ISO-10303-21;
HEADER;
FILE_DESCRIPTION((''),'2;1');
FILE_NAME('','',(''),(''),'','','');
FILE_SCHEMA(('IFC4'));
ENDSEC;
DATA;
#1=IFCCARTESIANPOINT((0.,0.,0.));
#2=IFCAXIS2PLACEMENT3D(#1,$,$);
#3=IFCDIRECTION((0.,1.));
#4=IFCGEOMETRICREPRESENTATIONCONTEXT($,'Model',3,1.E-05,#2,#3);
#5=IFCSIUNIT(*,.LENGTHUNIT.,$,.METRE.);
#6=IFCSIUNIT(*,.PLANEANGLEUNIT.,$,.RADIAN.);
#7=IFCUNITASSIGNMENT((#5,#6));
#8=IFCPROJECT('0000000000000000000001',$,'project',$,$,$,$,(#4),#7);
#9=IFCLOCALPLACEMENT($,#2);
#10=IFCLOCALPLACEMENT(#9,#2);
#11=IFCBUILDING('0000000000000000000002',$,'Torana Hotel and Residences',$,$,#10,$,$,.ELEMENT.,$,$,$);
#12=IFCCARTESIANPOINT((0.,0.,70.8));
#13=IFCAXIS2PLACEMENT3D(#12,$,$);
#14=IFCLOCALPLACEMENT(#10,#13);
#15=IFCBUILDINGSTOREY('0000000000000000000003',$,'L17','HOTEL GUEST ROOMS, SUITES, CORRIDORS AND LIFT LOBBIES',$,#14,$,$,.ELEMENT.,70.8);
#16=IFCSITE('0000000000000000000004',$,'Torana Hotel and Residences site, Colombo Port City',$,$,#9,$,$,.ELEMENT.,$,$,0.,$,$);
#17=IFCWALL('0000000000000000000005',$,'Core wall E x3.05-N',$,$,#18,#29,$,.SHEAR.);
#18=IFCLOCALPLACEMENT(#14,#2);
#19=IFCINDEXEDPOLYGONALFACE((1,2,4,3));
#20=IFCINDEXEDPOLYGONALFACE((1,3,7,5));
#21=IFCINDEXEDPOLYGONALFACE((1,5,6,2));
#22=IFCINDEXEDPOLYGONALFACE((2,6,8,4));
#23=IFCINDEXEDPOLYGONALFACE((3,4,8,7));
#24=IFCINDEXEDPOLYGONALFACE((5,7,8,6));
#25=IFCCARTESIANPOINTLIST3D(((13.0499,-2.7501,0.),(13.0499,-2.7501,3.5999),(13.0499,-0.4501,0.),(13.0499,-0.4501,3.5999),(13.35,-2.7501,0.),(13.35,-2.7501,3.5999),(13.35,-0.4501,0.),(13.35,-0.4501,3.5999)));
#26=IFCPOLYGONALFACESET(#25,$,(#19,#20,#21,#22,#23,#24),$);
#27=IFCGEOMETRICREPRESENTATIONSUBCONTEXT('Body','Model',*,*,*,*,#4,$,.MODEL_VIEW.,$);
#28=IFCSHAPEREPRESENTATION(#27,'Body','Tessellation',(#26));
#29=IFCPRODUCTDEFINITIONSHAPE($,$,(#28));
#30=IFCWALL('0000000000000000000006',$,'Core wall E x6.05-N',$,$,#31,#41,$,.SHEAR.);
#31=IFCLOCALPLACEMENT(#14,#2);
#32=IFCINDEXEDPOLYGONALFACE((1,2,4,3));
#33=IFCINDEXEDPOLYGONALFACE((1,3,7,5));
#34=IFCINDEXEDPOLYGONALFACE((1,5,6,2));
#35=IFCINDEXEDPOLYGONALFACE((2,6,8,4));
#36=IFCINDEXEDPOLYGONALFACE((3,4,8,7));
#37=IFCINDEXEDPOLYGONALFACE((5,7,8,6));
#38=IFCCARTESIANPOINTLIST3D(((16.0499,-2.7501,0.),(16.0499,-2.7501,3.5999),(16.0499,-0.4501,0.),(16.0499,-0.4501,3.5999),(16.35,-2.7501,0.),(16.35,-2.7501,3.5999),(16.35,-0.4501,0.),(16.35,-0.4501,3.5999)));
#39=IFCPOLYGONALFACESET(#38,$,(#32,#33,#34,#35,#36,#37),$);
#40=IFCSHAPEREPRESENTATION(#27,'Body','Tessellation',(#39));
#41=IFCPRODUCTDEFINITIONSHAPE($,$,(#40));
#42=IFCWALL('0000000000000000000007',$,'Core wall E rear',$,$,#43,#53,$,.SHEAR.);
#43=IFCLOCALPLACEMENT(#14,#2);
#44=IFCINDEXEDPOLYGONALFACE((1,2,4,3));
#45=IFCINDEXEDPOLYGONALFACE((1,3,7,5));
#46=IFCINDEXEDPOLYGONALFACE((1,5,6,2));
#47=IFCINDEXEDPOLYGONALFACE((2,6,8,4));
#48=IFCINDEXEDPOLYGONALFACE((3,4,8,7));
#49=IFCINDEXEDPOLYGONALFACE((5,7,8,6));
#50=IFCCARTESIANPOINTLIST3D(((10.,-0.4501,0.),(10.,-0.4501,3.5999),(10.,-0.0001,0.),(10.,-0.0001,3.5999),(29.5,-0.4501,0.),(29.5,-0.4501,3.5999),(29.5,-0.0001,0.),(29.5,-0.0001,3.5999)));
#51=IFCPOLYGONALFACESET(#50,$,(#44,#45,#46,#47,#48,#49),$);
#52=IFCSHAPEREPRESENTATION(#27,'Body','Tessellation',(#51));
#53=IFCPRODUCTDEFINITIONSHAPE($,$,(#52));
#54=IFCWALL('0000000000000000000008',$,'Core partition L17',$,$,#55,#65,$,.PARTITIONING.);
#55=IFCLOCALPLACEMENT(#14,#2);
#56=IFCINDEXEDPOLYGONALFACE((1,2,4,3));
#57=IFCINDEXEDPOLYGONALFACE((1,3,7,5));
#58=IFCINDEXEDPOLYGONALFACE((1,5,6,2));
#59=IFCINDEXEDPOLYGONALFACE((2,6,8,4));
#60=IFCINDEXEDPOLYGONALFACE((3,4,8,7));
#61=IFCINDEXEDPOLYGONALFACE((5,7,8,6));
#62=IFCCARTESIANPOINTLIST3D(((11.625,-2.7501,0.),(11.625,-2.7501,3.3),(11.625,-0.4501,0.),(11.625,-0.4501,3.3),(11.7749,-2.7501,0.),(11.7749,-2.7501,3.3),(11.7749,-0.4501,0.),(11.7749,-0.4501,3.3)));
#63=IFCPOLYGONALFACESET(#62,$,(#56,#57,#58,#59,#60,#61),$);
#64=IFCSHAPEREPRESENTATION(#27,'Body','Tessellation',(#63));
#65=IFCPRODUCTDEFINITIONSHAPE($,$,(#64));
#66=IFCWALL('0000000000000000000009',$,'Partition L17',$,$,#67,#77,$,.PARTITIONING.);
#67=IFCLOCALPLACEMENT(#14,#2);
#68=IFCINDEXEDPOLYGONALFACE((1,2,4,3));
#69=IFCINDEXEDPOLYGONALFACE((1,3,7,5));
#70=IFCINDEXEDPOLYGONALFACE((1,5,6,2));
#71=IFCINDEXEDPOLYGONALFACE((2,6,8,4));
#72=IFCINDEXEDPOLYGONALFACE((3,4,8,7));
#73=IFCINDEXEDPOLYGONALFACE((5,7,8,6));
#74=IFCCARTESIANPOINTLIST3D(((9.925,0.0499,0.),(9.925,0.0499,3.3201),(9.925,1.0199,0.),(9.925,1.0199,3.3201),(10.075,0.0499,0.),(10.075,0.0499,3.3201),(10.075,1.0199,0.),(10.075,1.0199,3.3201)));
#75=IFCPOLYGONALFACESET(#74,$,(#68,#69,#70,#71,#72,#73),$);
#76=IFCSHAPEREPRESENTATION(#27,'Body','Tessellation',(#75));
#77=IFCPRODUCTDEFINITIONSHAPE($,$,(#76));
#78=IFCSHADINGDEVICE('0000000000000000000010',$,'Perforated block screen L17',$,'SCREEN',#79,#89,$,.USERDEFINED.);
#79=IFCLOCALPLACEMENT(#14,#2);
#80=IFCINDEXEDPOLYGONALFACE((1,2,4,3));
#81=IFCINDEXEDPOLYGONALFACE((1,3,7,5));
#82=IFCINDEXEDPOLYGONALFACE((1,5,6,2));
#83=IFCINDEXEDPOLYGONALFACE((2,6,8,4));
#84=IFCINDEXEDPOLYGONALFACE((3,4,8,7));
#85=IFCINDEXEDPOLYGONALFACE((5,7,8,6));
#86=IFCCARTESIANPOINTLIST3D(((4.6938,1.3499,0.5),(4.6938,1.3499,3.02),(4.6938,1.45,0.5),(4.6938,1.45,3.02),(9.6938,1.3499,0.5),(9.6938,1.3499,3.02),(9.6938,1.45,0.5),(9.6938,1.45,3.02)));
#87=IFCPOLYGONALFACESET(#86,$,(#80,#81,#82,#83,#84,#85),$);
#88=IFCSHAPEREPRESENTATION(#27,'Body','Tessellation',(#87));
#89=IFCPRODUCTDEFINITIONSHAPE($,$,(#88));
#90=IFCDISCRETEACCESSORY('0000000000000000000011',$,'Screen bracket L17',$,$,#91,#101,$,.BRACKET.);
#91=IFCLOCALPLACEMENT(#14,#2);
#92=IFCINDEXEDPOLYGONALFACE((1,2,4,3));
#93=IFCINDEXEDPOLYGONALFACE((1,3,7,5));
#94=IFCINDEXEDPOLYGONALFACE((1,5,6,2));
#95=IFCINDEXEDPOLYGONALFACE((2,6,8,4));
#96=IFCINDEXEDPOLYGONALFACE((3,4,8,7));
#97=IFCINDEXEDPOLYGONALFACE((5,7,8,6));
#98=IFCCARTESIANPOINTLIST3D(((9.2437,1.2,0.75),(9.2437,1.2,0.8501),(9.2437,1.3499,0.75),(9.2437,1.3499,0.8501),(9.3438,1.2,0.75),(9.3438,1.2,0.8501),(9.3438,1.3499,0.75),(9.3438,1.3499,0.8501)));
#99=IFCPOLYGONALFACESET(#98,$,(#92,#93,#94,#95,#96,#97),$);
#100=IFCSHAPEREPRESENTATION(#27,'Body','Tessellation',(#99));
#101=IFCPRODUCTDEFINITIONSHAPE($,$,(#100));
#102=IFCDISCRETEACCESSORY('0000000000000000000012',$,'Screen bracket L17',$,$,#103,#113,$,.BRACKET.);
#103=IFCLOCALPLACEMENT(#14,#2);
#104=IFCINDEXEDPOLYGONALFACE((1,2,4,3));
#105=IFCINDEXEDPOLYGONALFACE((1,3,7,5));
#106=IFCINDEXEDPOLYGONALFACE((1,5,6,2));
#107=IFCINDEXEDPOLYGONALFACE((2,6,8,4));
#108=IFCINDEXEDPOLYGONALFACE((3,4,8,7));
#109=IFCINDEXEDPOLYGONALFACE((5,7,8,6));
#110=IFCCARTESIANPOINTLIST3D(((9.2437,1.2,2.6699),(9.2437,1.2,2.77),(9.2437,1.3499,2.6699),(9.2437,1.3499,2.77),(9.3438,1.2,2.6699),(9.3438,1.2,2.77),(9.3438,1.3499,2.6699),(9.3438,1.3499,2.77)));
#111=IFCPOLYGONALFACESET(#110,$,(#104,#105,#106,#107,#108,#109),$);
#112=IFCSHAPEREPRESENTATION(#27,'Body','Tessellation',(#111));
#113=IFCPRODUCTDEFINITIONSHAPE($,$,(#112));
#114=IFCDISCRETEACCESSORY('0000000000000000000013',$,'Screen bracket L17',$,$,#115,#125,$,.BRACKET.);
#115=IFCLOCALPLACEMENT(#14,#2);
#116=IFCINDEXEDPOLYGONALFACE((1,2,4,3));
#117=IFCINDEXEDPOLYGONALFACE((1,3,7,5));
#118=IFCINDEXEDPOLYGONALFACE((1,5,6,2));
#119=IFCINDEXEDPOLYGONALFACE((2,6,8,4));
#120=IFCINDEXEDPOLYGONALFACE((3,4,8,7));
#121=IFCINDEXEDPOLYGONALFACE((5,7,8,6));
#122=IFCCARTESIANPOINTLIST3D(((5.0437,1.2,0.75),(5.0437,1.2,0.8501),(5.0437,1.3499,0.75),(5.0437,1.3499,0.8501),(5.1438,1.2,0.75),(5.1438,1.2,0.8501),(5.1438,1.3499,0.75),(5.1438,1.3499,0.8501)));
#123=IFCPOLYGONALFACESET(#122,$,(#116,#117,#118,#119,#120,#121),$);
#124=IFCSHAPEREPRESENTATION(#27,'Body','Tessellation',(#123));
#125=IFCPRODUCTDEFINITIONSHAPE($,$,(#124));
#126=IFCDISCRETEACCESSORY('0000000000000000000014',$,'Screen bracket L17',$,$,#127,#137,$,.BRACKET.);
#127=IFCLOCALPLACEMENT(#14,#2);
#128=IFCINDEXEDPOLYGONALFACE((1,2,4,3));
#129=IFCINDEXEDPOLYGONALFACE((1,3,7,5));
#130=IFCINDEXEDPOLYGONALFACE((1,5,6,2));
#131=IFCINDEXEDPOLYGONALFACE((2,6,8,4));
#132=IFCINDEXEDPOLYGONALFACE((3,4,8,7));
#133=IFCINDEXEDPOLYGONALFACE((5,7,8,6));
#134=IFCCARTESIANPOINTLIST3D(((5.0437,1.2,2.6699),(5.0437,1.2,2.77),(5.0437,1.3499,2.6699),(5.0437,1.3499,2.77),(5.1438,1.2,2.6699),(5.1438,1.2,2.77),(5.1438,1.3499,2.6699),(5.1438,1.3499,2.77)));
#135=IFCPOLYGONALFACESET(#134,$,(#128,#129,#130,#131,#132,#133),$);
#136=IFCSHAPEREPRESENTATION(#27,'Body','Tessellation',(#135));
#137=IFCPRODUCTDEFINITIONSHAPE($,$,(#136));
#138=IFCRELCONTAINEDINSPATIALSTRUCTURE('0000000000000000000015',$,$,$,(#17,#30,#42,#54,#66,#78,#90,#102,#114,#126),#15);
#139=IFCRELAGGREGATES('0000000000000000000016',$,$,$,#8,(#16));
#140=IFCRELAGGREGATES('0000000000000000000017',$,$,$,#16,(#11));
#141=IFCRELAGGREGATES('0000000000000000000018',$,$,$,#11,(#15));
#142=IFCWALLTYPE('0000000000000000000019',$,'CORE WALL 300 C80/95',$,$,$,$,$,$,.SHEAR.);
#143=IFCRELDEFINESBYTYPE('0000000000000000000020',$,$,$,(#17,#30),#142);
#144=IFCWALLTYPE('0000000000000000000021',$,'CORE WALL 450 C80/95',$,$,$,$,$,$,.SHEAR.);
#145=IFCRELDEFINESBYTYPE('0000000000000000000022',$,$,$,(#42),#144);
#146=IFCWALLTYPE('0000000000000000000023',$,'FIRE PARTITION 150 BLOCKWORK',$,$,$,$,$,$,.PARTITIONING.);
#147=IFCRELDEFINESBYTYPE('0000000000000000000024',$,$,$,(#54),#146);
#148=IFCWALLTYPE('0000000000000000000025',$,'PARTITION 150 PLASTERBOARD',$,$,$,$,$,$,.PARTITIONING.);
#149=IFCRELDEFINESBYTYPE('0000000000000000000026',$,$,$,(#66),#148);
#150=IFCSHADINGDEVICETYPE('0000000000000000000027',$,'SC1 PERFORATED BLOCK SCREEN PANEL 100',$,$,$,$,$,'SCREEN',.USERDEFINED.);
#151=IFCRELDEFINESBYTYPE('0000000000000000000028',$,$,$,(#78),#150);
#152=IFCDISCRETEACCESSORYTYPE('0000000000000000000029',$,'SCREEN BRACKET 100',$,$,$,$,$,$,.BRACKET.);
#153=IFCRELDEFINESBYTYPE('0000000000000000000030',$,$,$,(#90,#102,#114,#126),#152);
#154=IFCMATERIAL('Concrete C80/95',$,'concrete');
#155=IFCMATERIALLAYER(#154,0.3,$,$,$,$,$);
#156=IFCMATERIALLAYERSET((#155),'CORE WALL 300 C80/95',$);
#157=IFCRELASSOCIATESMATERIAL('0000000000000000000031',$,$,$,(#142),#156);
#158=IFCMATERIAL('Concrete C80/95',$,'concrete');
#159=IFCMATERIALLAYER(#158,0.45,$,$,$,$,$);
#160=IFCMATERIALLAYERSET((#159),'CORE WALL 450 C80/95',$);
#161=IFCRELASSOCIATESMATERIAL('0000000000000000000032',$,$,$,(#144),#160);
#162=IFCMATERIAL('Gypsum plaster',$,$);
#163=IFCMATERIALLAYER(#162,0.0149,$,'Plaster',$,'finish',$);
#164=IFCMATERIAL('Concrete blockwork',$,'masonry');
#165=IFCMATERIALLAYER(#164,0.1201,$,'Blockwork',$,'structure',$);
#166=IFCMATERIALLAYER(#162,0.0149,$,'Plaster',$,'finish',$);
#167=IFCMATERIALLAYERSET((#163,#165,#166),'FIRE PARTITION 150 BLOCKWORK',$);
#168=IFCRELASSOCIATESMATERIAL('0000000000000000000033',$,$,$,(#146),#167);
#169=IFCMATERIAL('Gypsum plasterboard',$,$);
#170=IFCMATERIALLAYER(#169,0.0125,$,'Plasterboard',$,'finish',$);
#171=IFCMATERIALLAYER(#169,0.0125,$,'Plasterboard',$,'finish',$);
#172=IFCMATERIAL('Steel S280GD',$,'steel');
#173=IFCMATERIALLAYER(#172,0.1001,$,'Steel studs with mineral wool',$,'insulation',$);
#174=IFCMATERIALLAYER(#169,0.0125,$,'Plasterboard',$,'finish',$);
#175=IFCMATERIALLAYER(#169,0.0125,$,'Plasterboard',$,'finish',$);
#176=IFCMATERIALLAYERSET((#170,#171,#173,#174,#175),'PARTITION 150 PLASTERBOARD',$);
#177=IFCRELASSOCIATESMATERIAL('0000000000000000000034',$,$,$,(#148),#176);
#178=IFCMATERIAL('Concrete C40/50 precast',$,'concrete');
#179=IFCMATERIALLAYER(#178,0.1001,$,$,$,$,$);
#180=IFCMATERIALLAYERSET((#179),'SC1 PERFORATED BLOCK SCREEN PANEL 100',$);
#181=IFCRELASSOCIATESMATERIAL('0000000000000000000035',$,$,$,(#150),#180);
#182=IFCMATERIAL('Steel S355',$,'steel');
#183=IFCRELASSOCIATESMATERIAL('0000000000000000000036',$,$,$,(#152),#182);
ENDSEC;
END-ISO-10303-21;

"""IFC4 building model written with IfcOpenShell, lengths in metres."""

from ifc_helpers import new_model, si_unit, direction, frame, frame_2d, origin, origin_2d, place, context, subcontext, project, spatial, rectangle, extrude, material, layer, layer_set, type_object, element, save


model = new_model("IFC4")

# Units and contexts
model_context = context("Model", 3, precision=1e-05, world=origin(), true_north=direction((0.0, 1.0)))
body_context = subcontext(model_context, "Body", "Model", "MODEL_VIEW")
ifc_project = project(units=[si_unit("LENGTHUNIT", "METRE"), si_unit("PLANEANGLEUNIT", "RADIAN")], contexts=[model_context])

# Site, building, storey
site_placement = place(None, origin())
site = spatial("IfcSite", under=ifc_project, at=site_placement, Name="Torana Hotel and Residences site, Colombo Port City", CompositionType="ELEMENT", RefElevation=0.0)
building_placement = place(site_placement, origin())
building = spatial("IfcBuilding", under=site, at=building_placement, Name="Torana Hotel and Residences", CompositionType="ELEMENT")
storey_placement = place(building_placement, frame((0.0, 0.0, 70.8)))
storey = spatial("IfcBuildingStorey", under=building, at=storey_placement, Name="L17", Description="HOTEL GUEST ROOMS, SUITES, CORRIDORS AND LIFT LOBBIES", CompositionType="ELEMENT", Elevation=70.8)

# Walls
ifc_material_1 = material(Name="Concrete C80/95", Category="concrete")
ifc_layer_1 = layer(ifc_material_1, 0.3)
ifc_layer_set_1 = layer_set([ifc_layer_1], Name="CORE WALL 300 C80/95")
wall_type_1 = type_object("IfcWallType", Name="CORE WALL 300 C80/95", PredefinedType="SHEAR", material=ifc_layer_set_1)
for number, where, z_axis, x_axis, name in (
    (1, (13.2, -2.75, 0.0), (0.0, 0.0, 1.0), (0.0, 1.0, 0.0), "Core wall E x3.05-N"),
    (2, (16.2, -2.75, 0.0), (0.0, 0.0, 1.0), (0.0, 1.0, 0.0), "Core wall E x6.05-N"),
):
    element("IfcWall", number, at=place(storey_placement, frame(where, z_axis=z_axis, x_axis=x_axis)), inside=storey, type_object=wall_type_1, Name=name, PredefinedType="SHEAR", context=body_context, shape_type="SweptSolid", body=[
        extrude(rectangle(XDim=2.3, YDim=0.3, at=frame_2d((1.1499, 0.0))), origin(), (0.0, 0.0, 1.0), 3.5999),
    ])
ifc_material_2 = material(Name="Concrete C80/95", Category="concrete")
ifc_layer_2 = layer(ifc_material_2, 0.45)
ifc_layer_set_2 = layer_set([ifc_layer_2], Name="CORE WALL 450 C80/95")
wall_type_2 = type_object("IfcWallType", Name="CORE WALL 450 C80/95", PredefinedType="SHEAR", material=ifc_layer_set_2)
wall_1_placement = place(storey_placement, frame((10.0, -0.2251, 0.0), z_axis=(0.0, 0.0, 1.0), x_axis=(1.0, 0.0, 0.0)))
element("IfcWall", 3, at=wall_1_placement, inside=storey, type_object=wall_type_2, Name="Core wall E rear", PredefinedType="SHEAR", context=body_context, shape_type="SweptSolid", body=[
    extrude(rectangle(XDim=19.5, YDim=0.45, at=frame_2d((9.75, 0.0))), origin(), (0.0, 0.0, 1.0), 3.5999),
])
ifc_material_3 = material(Name="Gypsum plaster")
ifc_layer_3 = layer(ifc_material_3, 0.0149, Name="Plaster", Category="finish")
ifc_material_4 = material(Name="Concrete blockwork", Category="masonry")
ifc_layer_4 = layer(ifc_material_4, 0.1201, Name="Blockwork", Category="structure")
ifc_layer_5 = layer(ifc_material_3, 0.0149, Name="Plaster", Category="finish")
ifc_layer_set_3 = layer_set([ifc_layer_3, ifc_layer_4, ifc_layer_5], Name="FIRE PARTITION 150 BLOCKWORK")
wall_type_3 = type_object("IfcWallType", Name="FIRE PARTITION 150 BLOCKWORK", PredefinedType="PARTITIONING", material=ifc_layer_set_3)
wall_2_placement = place(storey_placement, frame((11.7, -2.75, 0.0), z_axis=(0.0, 0.0, 1.0), x_axis=(0.0, 1.0, 0.0)))
element("IfcWall", 4, at=wall_2_placement, inside=storey, type_object=wall_type_3, Name="Core partition L17", PredefinedType="PARTITIONING", context=body_context, shape_type="SweptSolid", body=[
    extrude(rectangle(XDim=2.3, YDim=0.1499, at=frame_2d((1.1499, 0.0))), origin(), (0.0, 0.0, 1.0), 3.3),
])
ifc_material_5 = material(Name="Gypsum plasterboard")
ifc_layer_6 = layer(ifc_material_5, 0.0125, Name="Plasterboard", Category="finish")
ifc_layer_7 = layer(ifc_material_5, 0.0125, Name="Plasterboard", Category="finish")
ifc_material_6 = material(Name="Steel S280GD", Category="steel")
ifc_layer_8 = layer(ifc_material_6, 0.1001, Name="Steel studs with mineral wool", Category="insulation")
ifc_layer_9 = layer(ifc_material_5, 0.0125, Name="Plasterboard", Category="finish")
ifc_layer_10 = layer(ifc_material_5, 0.0125, Name="Plasterboard", Category="finish")
ifc_layer_set_4 = layer_set([ifc_layer_6, ifc_layer_7, ifc_layer_8, ifc_layer_9, ifc_layer_10], Name="PARTITION 150 PLASTERBOARD")
wall_type_4 = type_object("IfcWallType", Name="PARTITION 150 PLASTERBOARD", PredefinedType="PARTITIONING", material=ifc_layer_set_4)
wall_3_placement = place(storey_placement, frame((10.0, 0.05, 0.0), z_axis=(0.0, 0.0, 1.0), x_axis=(0.0, 1.0, 0.0)))
element("IfcWall", 5, at=wall_3_placement, inside=storey, type_object=wall_type_4, Name="Partition L17", PredefinedType="PARTITIONING", context=body_context, shape_type="SweptSolid", body=[
    extrude(rectangle(XDim=0.97, YDim=0.1499, at=frame_2d((0.4849, 0.0))), origin(), (0.0, 0.0, 1.0), 3.3201),
])

# Shading device
ifc_material_7 = material(Name="Concrete C40/50 precast", Category="concrete")
ifc_layer_11 = layer(ifc_material_7, 0.1001)
ifc_layer_set_5 = layer_set([ifc_layer_11], Name="SC1 PERFORATED BLOCK SCREEN PANEL 100")
shading_device_type = type_object("IfcShadingDeviceType", Name="SC1 PERFORATED BLOCK SCREEN PANEL 100", ElementType="SCREEN", PredefinedType="USERDEFINED", material=ifc_layer_set_5)
shading_device_placement = place(storey_placement, frame((7.1938, 1.3999, 0.5), z_axis=(0.0, 0.0, 1.0), x_axis=(-1.0, 0.0, 0.0)))
element("IfcShadingDevice", 6, at=shading_device_placement, inside=storey, type_object=shading_device_type, Name="Perforated block screen L17", ObjectType="SCREEN", PredefinedType="USERDEFINED", context=body_context, shape_type="SweptSolid", body=[
    extrude(rectangle(XDim=5.0, YDim=0.1001, at=origin_2d()), origin(), (0.0, 0.0, 1.0), 2.52),
])

# Discrete accessories
ifc_material_8 = material(Name="Steel S355", Category="steel")
discrete_accessory_type = type_object("IfcDiscreteAccessoryType", Name="SCREEN BRACKET 100", PredefinedType="BRACKET", material=ifc_material_8)
for number, where, z_axis, x_axis, name in (
    (7, (9.2937, 1.2749, 0.75), (0.0, 0.0, 1.0), (-1.0, 0.0, 0.0), "Screen bracket L17"),
    (8, (9.2937, 1.2749, 2.6699), (0.0, 0.0, 1.0), (-1.0, 0.0, 0.0), "Screen bracket L17"),
    (9, (5.0938, 1.2749, 0.75), (0.0, 0.0, 1.0), (-1.0, 0.0, 0.0), "Screen bracket L17"),
    (10, (5.0938, 1.2749, 2.6699), (0.0, 0.0, 1.0), (-1.0, 0.0, 0.0), "Screen bracket L17"),
):
    element("IfcDiscreteAccessory", number, at=place(storey_placement, frame(where, z_axis=z_axis, x_axis=x_axis)), inside=storey, type_object=discrete_accessory_type, Name=name, PredefinedType="BRACKET", context=body_context, shape_type="SweptSolid", body=[
        extrude(rectangle(XDim=0.1001, YDim=0.1499, at=origin_2d()), origin(), (0.0, 0.0, 1.0), 0.1001),
    ])

save(model, "model.ifc")
